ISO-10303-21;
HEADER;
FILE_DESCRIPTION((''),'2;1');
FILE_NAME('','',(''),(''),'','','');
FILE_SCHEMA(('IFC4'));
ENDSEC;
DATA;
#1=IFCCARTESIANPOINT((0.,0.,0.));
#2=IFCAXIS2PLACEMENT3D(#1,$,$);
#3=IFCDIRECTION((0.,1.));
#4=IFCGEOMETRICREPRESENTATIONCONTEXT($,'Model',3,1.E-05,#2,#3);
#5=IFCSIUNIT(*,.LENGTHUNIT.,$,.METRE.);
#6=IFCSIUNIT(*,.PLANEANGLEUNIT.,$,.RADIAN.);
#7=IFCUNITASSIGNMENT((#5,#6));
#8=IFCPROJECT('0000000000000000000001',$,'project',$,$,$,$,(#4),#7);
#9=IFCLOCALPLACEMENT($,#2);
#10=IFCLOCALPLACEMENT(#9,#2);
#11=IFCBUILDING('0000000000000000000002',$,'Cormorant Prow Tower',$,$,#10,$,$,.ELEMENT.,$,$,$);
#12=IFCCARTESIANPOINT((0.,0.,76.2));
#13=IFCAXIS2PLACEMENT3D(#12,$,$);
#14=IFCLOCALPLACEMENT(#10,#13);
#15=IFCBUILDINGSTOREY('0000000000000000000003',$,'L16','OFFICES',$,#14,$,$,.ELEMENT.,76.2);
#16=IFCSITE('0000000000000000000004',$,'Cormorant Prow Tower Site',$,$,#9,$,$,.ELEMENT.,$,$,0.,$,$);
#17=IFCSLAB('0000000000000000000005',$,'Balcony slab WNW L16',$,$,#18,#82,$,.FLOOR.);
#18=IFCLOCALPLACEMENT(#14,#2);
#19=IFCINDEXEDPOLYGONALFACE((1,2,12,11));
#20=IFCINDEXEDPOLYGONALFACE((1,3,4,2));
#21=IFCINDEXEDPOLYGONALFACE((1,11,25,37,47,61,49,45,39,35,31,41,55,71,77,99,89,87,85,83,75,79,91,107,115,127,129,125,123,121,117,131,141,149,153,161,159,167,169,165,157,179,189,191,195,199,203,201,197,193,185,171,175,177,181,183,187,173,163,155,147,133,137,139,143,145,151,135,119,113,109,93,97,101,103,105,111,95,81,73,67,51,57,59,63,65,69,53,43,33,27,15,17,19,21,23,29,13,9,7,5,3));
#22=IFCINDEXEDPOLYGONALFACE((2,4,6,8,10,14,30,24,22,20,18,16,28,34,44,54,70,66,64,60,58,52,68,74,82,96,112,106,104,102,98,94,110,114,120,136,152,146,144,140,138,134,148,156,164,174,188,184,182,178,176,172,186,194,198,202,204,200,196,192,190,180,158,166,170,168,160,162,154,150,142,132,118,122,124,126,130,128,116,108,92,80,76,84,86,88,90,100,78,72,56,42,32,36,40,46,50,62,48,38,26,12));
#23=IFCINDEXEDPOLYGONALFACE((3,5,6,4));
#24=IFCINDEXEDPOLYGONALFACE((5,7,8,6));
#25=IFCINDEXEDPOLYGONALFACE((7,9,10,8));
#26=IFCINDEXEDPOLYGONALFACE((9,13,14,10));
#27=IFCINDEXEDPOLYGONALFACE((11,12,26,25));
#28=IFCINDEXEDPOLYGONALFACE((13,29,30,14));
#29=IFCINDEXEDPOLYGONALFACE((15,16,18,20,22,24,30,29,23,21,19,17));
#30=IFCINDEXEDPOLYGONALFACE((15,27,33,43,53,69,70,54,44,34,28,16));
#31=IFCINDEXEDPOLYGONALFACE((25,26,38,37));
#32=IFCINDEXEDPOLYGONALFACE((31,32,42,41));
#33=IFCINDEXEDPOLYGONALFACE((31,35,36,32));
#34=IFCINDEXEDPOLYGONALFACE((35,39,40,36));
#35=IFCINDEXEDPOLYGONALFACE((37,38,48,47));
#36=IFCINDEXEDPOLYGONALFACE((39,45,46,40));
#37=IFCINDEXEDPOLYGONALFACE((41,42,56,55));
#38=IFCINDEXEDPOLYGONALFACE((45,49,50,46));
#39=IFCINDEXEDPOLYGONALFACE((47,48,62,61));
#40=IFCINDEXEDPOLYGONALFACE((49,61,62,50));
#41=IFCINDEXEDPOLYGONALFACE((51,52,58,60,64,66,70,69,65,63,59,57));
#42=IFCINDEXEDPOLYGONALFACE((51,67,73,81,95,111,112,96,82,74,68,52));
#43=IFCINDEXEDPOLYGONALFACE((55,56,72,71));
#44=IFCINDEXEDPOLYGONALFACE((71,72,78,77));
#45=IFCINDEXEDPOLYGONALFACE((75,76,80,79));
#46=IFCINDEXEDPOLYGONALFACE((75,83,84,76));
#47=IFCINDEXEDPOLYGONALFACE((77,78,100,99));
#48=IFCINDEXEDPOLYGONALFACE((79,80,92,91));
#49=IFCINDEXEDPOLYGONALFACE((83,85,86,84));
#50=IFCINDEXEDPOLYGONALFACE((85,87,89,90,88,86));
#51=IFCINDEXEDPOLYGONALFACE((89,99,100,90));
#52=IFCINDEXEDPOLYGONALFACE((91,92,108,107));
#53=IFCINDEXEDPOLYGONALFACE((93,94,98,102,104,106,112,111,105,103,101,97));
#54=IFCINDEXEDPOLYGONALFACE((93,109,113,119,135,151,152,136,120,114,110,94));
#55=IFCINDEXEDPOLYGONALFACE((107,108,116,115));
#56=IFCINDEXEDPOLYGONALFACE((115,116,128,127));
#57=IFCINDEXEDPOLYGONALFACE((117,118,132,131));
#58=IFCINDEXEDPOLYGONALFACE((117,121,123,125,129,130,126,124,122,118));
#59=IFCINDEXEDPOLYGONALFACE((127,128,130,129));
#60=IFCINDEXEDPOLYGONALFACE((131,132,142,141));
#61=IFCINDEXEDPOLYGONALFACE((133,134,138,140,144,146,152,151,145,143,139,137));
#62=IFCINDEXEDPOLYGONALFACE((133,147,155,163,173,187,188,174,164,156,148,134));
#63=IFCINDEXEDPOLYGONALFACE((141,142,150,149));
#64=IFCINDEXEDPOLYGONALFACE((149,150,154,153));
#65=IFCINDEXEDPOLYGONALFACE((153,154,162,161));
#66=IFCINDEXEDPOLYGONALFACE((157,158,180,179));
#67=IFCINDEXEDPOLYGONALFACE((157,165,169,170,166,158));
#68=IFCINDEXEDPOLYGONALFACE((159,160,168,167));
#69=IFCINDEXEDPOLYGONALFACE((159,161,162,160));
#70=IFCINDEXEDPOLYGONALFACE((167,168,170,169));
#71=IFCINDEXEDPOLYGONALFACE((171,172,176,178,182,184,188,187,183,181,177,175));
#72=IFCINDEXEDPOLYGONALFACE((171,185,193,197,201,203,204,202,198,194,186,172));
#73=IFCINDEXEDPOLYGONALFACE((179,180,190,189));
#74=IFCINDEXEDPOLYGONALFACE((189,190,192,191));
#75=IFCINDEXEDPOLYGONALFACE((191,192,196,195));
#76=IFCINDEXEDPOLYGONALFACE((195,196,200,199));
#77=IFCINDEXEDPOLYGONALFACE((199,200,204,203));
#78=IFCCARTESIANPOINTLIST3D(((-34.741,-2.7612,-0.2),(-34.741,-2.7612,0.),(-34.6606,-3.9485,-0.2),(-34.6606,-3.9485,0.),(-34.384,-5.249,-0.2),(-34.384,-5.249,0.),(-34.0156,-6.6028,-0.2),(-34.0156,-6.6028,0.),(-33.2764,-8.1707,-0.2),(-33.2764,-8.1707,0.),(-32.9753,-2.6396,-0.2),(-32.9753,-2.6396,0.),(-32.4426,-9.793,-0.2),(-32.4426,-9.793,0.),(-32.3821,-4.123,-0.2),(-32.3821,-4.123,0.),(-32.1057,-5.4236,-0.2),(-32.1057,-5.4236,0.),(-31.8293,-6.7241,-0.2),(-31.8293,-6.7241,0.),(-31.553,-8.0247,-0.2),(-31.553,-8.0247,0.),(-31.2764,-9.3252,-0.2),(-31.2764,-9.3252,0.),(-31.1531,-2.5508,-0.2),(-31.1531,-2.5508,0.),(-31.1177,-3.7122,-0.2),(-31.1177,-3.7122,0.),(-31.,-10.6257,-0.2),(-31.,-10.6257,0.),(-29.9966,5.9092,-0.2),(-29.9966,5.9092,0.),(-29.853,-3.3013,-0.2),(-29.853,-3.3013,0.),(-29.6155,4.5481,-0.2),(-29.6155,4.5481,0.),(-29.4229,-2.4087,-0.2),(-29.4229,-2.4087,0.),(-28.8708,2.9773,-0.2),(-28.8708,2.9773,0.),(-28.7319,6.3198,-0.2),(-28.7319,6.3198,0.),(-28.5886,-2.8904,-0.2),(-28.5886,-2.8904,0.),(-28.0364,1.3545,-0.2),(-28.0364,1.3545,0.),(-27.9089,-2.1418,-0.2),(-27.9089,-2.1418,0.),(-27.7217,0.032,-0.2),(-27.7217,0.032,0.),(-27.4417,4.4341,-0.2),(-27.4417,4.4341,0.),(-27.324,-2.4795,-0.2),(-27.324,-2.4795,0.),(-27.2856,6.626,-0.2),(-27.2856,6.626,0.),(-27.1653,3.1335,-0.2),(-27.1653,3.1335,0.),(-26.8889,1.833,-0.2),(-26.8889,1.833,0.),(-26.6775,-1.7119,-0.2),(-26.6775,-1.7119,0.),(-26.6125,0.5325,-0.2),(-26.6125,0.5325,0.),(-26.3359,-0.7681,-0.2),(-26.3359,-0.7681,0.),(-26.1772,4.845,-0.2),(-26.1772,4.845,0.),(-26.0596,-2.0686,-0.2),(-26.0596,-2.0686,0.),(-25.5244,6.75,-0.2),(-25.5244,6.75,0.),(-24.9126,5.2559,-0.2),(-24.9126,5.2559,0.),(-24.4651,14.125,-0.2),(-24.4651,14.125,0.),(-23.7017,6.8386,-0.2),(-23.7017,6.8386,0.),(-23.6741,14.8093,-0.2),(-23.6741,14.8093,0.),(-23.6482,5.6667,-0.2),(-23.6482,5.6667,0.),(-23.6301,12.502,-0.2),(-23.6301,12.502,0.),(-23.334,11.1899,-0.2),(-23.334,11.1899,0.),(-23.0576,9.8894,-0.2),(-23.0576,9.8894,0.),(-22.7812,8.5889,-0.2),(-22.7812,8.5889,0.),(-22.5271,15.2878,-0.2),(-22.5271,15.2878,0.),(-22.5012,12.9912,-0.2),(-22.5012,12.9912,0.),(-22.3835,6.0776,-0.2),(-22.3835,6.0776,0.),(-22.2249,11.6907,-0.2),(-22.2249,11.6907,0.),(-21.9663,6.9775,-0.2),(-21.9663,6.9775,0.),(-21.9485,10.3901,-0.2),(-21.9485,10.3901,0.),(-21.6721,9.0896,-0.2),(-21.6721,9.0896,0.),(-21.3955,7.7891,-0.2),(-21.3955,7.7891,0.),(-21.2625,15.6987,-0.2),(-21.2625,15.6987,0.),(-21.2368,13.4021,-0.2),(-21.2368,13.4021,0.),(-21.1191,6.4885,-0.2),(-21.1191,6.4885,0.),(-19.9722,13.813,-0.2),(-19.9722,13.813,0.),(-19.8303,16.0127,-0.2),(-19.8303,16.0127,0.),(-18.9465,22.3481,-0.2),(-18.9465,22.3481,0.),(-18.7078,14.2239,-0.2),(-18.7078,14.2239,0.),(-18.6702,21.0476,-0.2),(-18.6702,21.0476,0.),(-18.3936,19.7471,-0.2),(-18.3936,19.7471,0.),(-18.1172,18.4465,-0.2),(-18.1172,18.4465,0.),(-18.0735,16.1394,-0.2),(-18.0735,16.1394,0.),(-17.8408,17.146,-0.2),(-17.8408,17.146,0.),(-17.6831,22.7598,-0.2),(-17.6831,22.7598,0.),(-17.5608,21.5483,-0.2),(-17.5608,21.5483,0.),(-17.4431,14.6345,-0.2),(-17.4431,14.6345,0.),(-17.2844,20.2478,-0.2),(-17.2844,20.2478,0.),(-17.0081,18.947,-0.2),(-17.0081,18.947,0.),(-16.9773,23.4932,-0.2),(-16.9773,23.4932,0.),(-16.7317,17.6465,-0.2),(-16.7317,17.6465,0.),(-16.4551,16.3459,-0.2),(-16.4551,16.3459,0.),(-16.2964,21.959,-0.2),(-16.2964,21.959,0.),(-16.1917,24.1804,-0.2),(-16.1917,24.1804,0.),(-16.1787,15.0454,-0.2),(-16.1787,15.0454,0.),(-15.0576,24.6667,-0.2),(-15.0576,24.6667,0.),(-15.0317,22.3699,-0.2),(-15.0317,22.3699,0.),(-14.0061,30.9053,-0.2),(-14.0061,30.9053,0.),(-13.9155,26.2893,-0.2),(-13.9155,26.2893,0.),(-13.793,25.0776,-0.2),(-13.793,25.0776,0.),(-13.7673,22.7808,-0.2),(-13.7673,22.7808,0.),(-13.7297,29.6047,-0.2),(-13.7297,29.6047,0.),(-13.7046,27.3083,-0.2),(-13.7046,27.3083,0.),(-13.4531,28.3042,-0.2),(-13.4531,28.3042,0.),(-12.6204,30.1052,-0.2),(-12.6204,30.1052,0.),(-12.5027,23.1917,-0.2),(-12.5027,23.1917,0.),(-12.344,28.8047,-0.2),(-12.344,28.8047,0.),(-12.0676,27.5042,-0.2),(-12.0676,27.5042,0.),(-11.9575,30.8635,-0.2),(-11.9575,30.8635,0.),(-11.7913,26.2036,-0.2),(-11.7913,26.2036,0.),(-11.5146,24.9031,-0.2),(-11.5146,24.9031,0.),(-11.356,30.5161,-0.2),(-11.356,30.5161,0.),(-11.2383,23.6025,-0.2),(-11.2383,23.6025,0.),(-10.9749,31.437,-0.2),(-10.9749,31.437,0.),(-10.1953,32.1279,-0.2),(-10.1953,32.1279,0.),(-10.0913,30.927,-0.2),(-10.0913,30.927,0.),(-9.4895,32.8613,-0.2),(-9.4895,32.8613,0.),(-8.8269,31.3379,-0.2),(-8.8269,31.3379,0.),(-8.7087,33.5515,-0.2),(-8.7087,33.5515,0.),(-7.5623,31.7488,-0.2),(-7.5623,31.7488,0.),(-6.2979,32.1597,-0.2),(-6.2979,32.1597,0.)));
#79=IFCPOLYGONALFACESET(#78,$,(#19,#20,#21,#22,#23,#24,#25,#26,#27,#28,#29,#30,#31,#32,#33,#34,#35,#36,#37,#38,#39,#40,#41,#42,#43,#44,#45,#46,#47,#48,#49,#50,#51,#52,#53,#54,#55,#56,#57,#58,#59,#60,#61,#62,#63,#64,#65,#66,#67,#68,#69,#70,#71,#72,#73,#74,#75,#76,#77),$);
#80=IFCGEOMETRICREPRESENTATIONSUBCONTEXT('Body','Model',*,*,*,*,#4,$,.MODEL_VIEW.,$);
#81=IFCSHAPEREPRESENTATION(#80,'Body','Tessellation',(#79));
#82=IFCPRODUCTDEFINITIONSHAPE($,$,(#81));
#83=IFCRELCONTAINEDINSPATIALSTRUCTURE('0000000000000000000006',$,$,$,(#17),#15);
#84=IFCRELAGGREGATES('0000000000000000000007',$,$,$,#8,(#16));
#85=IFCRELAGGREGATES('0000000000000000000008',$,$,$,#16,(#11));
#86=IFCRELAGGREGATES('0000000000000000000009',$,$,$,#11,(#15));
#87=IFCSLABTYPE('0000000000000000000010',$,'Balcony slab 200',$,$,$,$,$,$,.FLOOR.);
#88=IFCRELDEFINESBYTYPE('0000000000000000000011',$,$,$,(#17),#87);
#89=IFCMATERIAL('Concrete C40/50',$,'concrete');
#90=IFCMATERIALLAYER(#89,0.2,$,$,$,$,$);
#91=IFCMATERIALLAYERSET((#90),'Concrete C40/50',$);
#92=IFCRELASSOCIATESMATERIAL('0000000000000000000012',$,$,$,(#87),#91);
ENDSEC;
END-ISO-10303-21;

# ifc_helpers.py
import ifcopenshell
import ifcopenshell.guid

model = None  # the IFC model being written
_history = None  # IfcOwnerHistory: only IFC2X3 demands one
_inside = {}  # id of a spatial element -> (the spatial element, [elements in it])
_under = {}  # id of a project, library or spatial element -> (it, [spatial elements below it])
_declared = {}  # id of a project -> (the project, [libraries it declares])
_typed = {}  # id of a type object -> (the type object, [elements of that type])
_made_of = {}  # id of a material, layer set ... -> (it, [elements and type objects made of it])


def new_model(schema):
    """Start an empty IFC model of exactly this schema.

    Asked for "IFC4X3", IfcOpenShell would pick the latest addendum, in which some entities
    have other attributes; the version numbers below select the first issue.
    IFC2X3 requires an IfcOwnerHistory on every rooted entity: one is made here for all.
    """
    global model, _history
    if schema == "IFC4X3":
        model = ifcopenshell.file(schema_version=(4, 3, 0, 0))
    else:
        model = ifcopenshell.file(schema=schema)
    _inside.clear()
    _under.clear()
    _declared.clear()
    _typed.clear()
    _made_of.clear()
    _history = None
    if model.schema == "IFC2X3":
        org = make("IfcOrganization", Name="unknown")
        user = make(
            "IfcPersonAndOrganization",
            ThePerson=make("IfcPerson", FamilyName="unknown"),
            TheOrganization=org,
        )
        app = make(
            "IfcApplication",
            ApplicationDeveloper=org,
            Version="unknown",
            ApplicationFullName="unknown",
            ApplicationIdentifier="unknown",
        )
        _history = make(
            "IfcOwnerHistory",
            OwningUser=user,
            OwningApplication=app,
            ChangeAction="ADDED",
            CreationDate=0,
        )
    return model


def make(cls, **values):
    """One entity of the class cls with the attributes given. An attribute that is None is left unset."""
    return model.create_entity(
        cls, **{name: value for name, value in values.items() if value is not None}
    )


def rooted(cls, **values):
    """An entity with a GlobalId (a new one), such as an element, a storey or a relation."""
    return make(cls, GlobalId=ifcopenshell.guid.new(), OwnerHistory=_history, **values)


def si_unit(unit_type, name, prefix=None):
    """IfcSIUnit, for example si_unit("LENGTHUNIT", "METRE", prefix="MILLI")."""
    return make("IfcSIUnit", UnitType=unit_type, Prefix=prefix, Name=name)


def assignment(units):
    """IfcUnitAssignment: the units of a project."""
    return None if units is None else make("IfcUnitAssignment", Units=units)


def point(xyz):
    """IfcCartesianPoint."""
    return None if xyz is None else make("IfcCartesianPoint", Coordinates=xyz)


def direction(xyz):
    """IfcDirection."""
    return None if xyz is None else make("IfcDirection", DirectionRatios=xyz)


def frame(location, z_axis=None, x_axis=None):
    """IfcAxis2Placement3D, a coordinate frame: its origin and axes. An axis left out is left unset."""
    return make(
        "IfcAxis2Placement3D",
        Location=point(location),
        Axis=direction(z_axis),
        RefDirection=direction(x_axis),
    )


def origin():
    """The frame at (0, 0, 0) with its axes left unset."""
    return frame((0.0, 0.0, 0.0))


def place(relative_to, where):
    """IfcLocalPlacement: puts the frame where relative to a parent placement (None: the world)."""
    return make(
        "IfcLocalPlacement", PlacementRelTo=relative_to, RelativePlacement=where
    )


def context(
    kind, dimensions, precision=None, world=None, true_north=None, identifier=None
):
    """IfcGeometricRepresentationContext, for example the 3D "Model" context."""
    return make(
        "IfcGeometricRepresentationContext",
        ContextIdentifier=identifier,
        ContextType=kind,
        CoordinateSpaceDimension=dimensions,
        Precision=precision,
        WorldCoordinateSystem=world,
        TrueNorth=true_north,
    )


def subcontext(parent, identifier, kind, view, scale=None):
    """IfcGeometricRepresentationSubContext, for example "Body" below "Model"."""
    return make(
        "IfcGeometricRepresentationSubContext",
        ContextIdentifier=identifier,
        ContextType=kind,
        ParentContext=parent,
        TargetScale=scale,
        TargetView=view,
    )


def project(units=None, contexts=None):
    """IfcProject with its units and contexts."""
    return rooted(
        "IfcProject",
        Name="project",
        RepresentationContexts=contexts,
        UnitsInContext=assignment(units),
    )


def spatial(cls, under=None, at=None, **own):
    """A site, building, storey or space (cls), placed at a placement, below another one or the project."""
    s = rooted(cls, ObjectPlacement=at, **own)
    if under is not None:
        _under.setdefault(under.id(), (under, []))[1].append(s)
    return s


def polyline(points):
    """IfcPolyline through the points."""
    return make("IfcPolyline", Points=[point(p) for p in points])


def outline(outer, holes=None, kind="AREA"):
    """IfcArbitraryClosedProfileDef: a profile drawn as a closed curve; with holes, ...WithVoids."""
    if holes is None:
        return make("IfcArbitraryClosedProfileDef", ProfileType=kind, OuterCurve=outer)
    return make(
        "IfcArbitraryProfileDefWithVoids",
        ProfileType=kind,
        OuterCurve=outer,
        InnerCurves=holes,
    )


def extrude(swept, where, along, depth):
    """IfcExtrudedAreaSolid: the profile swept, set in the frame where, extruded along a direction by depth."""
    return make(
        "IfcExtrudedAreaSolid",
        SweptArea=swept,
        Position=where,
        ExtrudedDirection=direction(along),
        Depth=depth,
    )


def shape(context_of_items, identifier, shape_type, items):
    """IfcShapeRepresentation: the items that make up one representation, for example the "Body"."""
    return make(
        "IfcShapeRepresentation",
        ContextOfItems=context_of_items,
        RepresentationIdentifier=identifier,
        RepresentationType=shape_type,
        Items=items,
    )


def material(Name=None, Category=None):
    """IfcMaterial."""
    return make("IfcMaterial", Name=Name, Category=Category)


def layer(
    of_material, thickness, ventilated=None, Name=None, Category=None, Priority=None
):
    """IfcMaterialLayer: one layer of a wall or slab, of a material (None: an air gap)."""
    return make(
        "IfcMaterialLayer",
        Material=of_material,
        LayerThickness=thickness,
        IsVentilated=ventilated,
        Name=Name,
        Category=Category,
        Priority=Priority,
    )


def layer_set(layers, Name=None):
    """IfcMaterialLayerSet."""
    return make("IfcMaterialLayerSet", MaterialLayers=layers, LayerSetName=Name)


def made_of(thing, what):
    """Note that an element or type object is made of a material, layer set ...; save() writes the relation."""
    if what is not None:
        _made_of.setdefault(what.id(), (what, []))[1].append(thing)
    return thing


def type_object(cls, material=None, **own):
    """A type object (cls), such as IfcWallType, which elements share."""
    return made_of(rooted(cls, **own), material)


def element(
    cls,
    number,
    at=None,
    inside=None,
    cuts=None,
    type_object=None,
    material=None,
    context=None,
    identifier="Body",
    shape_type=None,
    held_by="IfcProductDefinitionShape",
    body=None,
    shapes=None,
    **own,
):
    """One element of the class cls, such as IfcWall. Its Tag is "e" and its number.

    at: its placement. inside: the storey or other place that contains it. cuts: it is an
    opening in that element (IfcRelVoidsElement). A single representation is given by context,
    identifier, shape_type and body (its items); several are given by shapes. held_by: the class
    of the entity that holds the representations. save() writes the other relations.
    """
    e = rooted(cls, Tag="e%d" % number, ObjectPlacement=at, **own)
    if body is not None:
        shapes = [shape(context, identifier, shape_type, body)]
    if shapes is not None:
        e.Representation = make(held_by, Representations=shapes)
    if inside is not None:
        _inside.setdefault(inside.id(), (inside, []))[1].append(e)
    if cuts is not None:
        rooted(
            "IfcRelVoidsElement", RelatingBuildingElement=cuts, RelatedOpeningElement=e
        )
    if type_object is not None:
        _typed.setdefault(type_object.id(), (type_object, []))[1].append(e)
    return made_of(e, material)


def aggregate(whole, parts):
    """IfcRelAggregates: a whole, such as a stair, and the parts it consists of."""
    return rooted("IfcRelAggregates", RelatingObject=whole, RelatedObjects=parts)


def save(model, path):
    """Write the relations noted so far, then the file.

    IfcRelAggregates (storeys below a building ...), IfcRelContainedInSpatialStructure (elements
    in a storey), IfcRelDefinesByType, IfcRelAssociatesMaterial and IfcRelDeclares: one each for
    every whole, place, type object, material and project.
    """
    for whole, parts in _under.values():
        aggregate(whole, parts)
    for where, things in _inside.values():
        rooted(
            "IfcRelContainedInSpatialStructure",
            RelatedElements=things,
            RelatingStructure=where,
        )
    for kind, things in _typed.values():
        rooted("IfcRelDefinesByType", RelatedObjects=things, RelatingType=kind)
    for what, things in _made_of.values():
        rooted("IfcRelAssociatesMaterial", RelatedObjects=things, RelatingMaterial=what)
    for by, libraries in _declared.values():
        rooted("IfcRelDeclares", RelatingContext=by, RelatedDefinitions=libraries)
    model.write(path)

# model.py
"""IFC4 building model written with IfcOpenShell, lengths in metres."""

from ifc_helpers import new_model, si_unit, direction, frame, origin, place, context, subcontext, project, spatial, polyline, outline, extrude, material, layer, layer_set, type_object, element, save


model = new_model("IFC4")

# Units and contexts
model_context = context("Model", 3, precision=1e-05, world=origin(), true_north=direction((0.0, 1.0)))
body_context = subcontext(model_context, "Body", "Model", "MODEL_VIEW")
ifc_project = project(units=[si_unit("LENGTHUNIT", "METRE"), si_unit("PLANEANGLEUNIT", "RADIAN")], contexts=[model_context])

# Site, building, storey
site_placement = place(None, origin())
site = spatial("IfcSite", under=ifc_project, at=site_placement, Name="Cormorant Prow Tower Site", CompositionType="ELEMENT", RefElevation=0.0)
building_placement = place(site_placement, origin())
building = spatial("IfcBuilding", under=site, at=building_placement, Name="Cormorant Prow Tower", CompositionType="ELEMENT")
storey_placement = place(building_placement, frame((0.0, 0.0, 76.2)))
storey = spatial("IfcBuildingStorey", under=building, at=storey_placement, Name="L16", Description="OFFICES", CompositionType="ELEMENT", Elevation=76.2)

# Slab
ifc_material_1 = material(Name="Concrete C40/50", Category="concrete")
ifc_layer_1 = layer(ifc_material_1, 0.2)
ifc_layer_set_1 = layer_set([ifc_layer_1], Name="Concrete C40/50")
slab_type_1 = type_object("IfcSlabType", Name="Balcony slab 200", PredefinedType="FLOOR", material=ifc_layer_set_1)
slab_1_placement = place(storey_placement, frame((0.0, 0.0, -0.2)))
element("IfcSlab", 1, at=slab_1_placement, inside=storey, type_object=slab_type_1, Name="Balcony slab WNW L16", PredefinedType="FLOOR", context=body_context, shape_type="SweptSolid", body=[
    extrude(outline(polyline([(-6.2979, 32.1597), (-8.7087, 33.5515), (-9.4895, 32.8613), (-10.1953, 32.1279), (-10.9749, 31.437), (-11.9575, 30.8635), (-14.0061, 30.9053), (-13.7297, 29.6047), (-13.4531, 28.3042), (-13.7046, 27.3083), (-13.9155, 26.2893), (-13.793, 25.0776), (-15.0576, 24.6667), (-16.1917, 24.1804), (-16.9773, 23.4932), (-17.6831, 22.7598), (-18.9465, 22.3481), (-18.6702, 21.0476), (-18.3936, 19.7471), (-18.1172, 18.4465), (-17.8408, 17.146), (-18.0735, 16.1394), (-19.8303, 16.0127), (-21.2625, 15.6987), (-22.5271, 15.2878), (-23.6741, 14.8093), (-24.4651, 14.125), (-23.6301, 12.502), (-23.334, 11.1899), (-23.0576, 9.8894), (-22.7812, 8.5889), (-21.9663, 6.9775), (-23.7017, 6.8386), (-25.5244, 6.75), (-27.2856, 6.626), (-28.7319, 6.3198), (-29.9966, 5.9092), (-29.6155, 4.5481), (-28.8708, 2.9773), (-28.0364, 1.3545), (-27.7217, 0.032), (-26.6775, -1.7119), (-27.9089, -2.1418), (-29.4229, -2.4087), (-31.1531, -2.5508), (-32.9753, -2.6396), (-34.741, -2.7612), (-34.6606, -3.9485), (-34.384, -5.249), (-34.0156, -6.6028), (-33.2764, -8.1707), (-32.4426, -9.793), (-31.0, -10.6257), (-31.2764, -9.3252), (-31.553, -8.0247), (-31.8293, -6.7241), (-32.1057, -5.4236), (-32.3821, -4.123), (-31.1177, -3.7122), (-29.853, -3.3013), (-28.5886, -2.8904), (-27.324, -2.4795), (-26.0596, -2.0686), (-26.3359, -0.7681), (-26.6125, 0.5325), (-26.8889, 1.833), (-27.1653, 3.1335), (-27.4417, 4.4341), (-26.1772, 4.845), (-24.9126, 5.2559), (-23.6482, 5.6667), (-22.3835, 6.0776), (-21.1191, 6.4885), (-21.3955, 7.7891), (-21.6721, 9.0896), (-21.9485, 10.3901), (-22.2249, 11.6907), (-22.5012, 12.9912), (-21.2368, 13.4021), (-19.9722, 13.813), (-18.7078, 14.2239), (-17.4431, 14.6345), (-16.1787, 15.0454), (-16.4551, 16.3459), (-16.7317, 17.6465), (-17.0081, 18.947), (-17.2844, 20.2478), (-17.5608, 21.5483), (-16.2964, 21.959), (-15.0317, 22.3699), (-13.7673, 22.7808), (-12.5027, 23.1917), (-11.2383, 23.6025), (-11.5146, 24.9031), (-11.7913, 26.2036), (-12.0676, 27.5042), (-12.344, 28.8047), (-12.6204, 30.1052), (-11.356, 30.5161), (-10.0913, 30.927), (-8.8269, 31.3379), (-7.5623, 31.7488), (-6.2979, 32.1597)])), origin(), (0.0, 0.0, 1.0), 0.2),
])

save(model, "model.ifc")
